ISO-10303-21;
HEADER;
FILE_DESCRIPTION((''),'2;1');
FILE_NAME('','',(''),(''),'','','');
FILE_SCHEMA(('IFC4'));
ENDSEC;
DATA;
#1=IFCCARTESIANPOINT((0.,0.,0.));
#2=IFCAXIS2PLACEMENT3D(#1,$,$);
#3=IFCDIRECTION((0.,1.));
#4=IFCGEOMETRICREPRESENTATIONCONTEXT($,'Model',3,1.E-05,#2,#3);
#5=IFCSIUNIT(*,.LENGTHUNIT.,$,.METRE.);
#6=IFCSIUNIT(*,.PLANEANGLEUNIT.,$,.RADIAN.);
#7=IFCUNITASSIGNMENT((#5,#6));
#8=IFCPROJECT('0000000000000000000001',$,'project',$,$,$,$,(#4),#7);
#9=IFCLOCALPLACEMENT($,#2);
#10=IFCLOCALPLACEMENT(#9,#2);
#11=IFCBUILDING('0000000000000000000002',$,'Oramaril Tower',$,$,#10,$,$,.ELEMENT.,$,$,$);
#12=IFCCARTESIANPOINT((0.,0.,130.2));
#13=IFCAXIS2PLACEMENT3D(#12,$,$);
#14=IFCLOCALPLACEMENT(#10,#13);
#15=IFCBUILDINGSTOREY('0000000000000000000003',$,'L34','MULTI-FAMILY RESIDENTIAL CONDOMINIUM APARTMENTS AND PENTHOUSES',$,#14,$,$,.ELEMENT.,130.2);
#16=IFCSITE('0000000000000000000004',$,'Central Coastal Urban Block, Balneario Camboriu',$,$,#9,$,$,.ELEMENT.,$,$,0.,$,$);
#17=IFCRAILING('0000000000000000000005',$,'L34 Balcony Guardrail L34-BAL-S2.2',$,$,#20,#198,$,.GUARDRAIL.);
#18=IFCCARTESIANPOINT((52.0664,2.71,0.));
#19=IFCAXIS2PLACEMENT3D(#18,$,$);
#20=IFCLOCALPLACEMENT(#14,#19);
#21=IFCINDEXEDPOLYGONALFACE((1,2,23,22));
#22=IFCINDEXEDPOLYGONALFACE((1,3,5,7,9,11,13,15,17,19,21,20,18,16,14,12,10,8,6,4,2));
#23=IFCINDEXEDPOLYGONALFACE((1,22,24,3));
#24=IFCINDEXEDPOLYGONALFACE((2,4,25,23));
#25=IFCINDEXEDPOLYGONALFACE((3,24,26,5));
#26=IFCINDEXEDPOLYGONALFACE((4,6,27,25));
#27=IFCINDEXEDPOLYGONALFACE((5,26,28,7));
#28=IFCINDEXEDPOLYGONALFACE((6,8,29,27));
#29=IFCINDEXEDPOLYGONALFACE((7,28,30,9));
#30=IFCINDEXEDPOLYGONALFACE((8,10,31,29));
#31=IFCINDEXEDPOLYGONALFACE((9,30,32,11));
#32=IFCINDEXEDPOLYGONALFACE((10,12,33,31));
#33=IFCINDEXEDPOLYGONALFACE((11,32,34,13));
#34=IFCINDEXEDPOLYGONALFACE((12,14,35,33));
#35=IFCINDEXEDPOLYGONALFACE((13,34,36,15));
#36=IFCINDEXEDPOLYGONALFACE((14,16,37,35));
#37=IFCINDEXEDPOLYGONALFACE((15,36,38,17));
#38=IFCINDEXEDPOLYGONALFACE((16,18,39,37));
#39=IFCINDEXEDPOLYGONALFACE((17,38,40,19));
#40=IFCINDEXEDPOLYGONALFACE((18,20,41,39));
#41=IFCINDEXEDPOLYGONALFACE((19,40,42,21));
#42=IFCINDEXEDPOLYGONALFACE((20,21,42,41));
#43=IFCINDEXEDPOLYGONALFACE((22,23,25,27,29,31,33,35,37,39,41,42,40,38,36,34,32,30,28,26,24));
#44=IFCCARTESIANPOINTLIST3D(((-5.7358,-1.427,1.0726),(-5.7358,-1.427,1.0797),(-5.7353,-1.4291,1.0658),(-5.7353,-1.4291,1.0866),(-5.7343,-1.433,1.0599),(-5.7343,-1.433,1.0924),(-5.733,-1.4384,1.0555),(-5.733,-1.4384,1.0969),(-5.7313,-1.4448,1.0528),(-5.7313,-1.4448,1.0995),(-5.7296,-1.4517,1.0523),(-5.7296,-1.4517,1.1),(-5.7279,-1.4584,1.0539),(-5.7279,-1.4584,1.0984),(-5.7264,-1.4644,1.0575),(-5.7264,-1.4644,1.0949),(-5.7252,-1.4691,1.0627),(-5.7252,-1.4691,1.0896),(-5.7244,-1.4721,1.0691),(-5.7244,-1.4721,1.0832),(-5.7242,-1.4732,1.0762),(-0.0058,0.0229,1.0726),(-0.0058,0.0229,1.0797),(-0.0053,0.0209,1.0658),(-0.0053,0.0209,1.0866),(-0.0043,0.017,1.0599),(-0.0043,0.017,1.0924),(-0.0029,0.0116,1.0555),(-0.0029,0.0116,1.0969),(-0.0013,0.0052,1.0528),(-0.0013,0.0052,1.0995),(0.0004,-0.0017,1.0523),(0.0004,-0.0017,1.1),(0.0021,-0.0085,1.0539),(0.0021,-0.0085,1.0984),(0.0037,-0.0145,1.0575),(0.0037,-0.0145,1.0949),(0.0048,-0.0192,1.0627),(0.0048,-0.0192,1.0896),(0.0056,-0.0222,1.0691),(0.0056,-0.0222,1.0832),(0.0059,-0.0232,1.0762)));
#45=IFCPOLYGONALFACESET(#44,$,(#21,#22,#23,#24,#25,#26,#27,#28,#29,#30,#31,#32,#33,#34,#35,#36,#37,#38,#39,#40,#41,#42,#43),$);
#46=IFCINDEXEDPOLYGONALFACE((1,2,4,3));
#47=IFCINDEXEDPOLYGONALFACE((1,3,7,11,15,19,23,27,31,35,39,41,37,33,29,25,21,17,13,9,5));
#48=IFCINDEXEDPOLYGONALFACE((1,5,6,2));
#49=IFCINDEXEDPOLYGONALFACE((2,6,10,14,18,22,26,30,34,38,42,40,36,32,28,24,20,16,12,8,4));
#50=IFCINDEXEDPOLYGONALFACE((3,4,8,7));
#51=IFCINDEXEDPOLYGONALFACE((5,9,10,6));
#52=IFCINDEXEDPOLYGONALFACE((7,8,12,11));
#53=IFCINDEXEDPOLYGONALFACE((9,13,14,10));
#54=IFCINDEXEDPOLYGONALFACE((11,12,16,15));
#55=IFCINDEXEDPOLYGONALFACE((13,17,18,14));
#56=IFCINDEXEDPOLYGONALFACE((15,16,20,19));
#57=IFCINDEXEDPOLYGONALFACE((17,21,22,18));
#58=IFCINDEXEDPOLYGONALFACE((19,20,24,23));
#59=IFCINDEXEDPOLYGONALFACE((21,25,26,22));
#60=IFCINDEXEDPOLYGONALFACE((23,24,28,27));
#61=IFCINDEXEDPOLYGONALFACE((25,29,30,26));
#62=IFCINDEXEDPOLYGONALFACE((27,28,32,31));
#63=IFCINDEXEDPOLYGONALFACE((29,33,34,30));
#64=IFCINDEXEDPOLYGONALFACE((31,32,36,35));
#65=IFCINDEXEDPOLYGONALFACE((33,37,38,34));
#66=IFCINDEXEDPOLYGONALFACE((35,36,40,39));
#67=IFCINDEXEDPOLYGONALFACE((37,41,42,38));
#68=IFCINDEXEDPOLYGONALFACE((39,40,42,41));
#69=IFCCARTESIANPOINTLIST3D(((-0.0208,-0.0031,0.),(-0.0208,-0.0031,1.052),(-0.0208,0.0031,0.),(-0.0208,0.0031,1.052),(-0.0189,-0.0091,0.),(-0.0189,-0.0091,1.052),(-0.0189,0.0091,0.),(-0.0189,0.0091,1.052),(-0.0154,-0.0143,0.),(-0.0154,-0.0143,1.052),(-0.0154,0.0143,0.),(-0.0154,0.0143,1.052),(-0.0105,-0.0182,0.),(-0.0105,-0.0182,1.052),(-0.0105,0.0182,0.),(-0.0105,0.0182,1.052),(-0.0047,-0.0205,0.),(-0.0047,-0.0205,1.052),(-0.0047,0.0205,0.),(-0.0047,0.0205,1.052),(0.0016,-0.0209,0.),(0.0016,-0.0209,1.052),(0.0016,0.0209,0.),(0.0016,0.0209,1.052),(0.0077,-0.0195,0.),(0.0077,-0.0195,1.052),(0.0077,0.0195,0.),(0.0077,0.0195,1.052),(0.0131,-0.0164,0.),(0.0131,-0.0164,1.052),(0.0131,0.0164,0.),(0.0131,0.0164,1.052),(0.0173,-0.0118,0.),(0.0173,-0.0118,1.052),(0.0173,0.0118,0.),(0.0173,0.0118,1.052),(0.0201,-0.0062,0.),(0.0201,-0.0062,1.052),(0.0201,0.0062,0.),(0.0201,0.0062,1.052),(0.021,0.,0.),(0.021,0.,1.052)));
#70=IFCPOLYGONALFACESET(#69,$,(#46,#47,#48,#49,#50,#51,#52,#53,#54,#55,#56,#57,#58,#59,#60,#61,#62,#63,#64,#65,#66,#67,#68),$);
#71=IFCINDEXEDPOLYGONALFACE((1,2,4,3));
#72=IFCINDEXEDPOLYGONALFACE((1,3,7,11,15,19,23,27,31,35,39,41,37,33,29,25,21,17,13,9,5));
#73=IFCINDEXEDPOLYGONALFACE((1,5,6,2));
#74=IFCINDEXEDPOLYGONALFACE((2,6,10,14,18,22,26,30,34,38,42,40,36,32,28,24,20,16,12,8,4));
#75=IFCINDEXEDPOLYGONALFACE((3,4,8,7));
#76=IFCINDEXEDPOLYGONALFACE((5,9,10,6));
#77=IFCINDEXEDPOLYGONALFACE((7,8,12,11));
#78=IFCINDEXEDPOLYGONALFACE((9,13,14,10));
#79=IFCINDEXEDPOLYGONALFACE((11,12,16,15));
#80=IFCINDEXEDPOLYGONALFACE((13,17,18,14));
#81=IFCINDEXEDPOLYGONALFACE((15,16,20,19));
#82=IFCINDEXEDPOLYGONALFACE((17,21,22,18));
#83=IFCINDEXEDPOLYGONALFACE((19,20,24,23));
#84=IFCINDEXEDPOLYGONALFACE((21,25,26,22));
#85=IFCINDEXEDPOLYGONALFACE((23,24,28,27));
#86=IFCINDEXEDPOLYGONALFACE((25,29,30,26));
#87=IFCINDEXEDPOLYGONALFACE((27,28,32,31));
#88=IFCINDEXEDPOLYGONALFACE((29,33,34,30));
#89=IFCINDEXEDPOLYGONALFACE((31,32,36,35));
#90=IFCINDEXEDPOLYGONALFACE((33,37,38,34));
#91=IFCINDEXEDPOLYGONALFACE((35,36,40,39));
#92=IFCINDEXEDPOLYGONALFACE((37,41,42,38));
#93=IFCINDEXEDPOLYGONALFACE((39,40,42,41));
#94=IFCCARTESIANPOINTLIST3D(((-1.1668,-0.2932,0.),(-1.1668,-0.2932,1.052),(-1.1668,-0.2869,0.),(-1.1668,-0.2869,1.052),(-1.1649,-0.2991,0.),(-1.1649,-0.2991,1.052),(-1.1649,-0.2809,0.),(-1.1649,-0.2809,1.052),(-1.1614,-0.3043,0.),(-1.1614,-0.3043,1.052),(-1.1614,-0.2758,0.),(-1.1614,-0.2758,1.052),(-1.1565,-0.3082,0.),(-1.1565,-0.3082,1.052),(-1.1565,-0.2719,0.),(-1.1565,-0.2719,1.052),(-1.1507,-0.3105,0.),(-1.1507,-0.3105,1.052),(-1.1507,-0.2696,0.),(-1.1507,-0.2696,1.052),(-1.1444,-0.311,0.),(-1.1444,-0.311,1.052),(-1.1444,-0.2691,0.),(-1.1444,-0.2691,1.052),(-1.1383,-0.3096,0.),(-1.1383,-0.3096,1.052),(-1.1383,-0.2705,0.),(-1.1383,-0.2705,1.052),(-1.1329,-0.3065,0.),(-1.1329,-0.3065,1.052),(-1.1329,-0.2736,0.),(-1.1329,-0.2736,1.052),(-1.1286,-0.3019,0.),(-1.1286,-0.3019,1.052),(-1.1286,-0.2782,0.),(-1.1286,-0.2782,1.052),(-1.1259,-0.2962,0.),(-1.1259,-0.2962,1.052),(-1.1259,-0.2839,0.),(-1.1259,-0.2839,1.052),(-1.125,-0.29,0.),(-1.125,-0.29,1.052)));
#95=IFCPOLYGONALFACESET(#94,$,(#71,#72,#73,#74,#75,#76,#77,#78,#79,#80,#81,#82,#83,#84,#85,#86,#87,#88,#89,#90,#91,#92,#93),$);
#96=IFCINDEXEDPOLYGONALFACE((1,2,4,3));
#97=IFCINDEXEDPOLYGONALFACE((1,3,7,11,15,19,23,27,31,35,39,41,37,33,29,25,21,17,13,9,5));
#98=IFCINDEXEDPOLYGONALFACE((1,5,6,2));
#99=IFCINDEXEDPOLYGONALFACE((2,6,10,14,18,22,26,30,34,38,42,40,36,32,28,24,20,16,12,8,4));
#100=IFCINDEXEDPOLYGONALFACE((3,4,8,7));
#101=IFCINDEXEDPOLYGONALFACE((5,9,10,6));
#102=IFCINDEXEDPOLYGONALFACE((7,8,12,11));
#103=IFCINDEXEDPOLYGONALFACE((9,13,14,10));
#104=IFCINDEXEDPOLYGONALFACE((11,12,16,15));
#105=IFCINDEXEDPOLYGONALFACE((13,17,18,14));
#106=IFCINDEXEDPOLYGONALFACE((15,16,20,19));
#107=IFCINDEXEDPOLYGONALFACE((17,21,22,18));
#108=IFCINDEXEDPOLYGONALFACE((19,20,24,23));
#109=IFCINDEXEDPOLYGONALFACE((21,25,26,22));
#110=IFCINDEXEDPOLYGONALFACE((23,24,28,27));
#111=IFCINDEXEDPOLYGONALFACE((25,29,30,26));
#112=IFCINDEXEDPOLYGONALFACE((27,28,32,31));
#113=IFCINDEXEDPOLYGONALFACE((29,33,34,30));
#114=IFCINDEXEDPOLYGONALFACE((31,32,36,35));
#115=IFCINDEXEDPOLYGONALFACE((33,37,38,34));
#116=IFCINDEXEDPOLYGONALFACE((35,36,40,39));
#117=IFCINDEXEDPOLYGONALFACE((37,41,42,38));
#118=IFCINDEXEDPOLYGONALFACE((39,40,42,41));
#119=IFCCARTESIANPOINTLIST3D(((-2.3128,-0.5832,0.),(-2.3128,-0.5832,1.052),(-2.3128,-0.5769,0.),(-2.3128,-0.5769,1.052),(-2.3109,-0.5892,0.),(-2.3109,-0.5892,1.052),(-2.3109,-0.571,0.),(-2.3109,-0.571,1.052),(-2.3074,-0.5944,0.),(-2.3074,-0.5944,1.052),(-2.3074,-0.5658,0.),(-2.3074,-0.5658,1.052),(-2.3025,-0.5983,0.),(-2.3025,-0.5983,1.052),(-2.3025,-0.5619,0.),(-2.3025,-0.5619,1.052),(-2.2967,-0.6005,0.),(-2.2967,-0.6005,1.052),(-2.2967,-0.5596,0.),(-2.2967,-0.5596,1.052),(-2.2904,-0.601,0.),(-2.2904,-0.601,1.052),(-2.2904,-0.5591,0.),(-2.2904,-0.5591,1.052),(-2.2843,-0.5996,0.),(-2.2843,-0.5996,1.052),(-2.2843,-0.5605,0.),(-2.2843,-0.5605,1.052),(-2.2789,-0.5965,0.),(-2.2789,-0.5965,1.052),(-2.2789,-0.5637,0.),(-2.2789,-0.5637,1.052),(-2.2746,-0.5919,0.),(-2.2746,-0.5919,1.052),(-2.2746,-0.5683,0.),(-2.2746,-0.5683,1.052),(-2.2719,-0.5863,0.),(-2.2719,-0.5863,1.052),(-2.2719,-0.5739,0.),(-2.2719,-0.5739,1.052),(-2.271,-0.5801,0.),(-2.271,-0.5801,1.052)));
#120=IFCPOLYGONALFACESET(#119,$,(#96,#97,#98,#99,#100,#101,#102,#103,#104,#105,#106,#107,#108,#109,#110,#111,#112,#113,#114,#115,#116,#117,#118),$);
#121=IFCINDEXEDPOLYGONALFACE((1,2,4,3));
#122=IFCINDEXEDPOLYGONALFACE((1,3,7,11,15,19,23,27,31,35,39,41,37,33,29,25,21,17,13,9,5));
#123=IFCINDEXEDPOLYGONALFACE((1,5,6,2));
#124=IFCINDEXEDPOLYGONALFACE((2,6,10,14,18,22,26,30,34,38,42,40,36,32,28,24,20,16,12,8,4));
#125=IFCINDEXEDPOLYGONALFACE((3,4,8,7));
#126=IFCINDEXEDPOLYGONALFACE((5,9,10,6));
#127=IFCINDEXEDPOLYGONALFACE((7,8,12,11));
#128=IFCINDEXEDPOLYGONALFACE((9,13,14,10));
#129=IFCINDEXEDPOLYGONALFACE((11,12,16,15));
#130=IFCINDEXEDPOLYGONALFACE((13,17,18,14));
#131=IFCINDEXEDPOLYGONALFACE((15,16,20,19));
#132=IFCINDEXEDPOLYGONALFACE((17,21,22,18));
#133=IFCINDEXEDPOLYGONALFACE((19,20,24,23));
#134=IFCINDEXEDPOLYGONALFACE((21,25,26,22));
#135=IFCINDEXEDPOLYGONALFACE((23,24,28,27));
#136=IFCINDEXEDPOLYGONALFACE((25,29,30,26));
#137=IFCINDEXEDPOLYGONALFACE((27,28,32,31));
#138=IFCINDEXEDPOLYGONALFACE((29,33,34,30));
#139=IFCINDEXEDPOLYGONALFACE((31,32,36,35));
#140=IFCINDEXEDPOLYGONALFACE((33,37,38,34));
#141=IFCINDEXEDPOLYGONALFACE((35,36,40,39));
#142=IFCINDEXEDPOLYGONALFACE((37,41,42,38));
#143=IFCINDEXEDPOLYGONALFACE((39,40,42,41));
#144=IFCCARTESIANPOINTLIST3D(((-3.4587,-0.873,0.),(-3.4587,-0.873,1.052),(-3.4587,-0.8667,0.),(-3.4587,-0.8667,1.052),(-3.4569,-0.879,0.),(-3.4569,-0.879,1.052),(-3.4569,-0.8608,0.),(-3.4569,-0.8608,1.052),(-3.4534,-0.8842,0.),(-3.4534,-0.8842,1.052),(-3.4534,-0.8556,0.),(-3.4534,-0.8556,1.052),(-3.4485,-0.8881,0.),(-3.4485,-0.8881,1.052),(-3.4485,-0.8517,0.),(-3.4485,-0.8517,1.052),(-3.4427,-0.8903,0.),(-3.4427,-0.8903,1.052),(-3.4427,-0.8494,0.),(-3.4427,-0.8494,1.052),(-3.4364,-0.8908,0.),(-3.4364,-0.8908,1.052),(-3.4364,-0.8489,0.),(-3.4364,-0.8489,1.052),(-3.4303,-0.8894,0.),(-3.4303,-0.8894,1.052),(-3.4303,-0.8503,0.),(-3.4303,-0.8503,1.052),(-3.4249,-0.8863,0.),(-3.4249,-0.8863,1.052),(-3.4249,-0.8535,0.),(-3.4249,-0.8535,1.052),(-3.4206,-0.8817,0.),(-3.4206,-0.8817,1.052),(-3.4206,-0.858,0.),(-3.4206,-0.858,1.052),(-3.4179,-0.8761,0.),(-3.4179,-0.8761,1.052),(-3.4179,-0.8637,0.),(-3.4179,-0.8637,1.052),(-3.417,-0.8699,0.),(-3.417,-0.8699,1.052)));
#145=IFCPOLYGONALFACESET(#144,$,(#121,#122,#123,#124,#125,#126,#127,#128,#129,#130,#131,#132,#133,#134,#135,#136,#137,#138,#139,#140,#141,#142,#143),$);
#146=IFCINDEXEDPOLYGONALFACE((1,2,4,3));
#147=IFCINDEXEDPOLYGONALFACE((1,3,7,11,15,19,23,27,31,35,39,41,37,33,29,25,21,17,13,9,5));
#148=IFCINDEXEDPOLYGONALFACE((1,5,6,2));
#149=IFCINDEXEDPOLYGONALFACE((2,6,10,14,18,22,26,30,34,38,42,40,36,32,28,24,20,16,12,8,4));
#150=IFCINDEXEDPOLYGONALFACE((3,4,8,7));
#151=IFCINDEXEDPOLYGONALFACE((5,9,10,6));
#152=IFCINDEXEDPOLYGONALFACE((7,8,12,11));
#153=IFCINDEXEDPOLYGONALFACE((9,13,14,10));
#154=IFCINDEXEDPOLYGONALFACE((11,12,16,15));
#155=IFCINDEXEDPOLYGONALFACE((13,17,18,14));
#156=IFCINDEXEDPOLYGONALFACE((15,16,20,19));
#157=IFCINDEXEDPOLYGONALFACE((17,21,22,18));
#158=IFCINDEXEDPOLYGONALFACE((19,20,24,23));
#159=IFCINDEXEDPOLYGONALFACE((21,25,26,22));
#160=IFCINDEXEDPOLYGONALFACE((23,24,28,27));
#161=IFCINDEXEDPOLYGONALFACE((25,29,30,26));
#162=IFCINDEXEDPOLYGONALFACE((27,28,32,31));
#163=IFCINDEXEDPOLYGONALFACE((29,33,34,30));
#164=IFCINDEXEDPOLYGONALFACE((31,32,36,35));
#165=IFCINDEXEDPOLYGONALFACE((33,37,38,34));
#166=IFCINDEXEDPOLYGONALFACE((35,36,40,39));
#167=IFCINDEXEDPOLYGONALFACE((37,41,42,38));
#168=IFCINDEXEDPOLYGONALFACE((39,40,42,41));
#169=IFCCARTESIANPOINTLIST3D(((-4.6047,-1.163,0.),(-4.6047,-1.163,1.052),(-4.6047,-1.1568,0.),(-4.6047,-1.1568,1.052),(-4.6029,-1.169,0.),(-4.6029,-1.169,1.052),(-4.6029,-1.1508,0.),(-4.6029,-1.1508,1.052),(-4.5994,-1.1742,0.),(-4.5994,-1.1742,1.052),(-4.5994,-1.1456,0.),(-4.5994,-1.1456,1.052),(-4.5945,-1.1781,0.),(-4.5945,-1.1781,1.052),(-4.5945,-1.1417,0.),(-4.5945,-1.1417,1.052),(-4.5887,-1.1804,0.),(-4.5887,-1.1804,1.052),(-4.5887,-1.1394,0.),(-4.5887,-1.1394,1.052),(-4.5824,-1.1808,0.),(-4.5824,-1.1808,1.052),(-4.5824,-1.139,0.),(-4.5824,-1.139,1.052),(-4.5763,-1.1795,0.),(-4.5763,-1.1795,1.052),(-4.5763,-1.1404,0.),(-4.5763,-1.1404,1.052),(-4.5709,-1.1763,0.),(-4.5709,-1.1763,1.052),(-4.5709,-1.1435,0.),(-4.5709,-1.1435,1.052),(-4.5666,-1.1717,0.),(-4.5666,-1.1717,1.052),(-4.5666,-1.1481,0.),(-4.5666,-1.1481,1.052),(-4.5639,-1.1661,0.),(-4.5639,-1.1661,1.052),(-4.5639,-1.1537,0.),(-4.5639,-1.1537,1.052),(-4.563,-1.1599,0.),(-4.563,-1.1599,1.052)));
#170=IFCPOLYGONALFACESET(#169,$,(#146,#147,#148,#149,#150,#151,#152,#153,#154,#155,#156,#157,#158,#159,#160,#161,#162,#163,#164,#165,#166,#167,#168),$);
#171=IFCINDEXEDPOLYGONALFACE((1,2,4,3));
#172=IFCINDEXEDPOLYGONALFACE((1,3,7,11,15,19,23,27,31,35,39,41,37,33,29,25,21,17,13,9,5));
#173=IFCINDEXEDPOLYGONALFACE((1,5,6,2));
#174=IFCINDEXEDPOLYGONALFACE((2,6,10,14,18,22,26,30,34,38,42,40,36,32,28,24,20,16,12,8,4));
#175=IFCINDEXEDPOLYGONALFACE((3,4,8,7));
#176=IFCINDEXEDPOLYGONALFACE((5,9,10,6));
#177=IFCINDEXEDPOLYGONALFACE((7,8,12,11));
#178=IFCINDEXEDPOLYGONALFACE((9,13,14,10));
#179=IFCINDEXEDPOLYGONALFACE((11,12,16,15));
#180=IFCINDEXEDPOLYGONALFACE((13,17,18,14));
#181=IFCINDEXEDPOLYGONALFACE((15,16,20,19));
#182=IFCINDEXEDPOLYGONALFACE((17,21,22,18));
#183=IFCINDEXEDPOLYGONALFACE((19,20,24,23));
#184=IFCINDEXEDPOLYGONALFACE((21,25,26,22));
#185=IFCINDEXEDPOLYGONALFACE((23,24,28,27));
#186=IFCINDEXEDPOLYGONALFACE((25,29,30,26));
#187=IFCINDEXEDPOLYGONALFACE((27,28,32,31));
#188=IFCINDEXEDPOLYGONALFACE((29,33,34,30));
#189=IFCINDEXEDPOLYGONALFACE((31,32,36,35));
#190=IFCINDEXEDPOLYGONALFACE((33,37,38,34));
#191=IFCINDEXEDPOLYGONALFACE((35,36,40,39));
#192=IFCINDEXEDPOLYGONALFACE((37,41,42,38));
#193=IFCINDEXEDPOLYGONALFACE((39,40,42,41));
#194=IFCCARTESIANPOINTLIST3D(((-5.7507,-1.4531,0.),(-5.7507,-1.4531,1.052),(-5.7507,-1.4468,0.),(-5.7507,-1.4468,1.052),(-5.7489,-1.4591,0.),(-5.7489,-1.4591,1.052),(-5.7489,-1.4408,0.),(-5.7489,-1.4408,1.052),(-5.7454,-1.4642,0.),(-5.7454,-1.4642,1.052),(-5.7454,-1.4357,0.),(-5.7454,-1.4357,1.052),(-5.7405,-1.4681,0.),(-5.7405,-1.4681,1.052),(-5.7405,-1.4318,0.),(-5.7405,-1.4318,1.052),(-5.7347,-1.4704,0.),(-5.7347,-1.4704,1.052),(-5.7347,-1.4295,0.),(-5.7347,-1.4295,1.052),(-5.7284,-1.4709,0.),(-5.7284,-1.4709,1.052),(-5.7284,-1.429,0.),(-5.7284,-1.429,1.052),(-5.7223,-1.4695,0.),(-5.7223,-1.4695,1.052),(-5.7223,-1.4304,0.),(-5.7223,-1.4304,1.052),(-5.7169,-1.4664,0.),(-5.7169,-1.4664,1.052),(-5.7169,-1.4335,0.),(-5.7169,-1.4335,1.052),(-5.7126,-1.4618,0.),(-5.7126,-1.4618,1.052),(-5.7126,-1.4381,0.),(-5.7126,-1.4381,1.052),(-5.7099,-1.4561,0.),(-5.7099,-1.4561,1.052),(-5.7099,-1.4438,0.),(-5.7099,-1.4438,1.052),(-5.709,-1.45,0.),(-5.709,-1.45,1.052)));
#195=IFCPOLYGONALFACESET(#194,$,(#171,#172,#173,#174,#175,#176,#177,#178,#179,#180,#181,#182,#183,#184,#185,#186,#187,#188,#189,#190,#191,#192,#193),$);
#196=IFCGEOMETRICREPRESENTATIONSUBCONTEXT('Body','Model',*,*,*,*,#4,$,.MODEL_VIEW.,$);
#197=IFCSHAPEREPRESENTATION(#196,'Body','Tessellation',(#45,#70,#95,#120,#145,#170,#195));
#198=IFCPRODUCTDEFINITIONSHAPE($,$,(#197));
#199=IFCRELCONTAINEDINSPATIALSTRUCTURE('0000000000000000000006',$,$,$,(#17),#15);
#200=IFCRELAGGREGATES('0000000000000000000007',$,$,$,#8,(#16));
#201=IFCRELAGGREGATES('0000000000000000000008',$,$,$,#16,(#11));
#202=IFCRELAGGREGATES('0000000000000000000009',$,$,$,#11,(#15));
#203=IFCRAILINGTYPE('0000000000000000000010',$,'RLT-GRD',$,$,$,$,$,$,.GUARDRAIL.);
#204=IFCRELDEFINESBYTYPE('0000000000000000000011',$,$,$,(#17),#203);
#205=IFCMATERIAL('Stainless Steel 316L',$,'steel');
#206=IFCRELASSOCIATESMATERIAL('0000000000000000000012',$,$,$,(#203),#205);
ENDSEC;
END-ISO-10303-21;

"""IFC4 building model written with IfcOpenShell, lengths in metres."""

from ifc_helpers import new_model, si_unit, direction, frame, origin, origin_2d, place, context, subcontext, project, spatial, circle, extrude, material, type_object, element, save


model = new_model("IFC4")

# Units and contexts
model_context = context("Model", 3, precision=1e-05, world=origin(), true_north=direction((0.0, 1.0)))
body_context = subcontext(model_context, "Body", "Model", "MODEL_VIEW")
ifc_project = project(units=[si_unit("LENGTHUNIT", "METRE"), si_unit("PLANEANGLEUNIT", "RADIAN")], contexts=[model_context])

# Site, building, storey
site_placement = place(None, origin())
site = spatial("IfcSite", under=ifc_project, at=site_placement, Name="Central Coastal Urban Block, Balneario Camboriu", CompositionType="ELEMENT", RefElevation=0.0)
building_placement = place(site_placement, origin())
building = spatial("IfcBuilding", under=site, at=building_placement, Name="Oramaril Tower", CompositionType="ELEMENT")
storey_placement = place(building_placement, frame((0.0, 0.0, 130.2)))
storey = spatial("IfcBuildingStorey", under=building, at=storey_placement, Name="L34", Description="MULTI-FAMILY RESIDENTIAL CONDOMINIUM APARTMENTS AND PENTHOUSES", CompositionType="ELEMENT", Elevation=130.2)

# Railing
ifc_material_1 = material(Name="Stainless Steel 316L", Category="steel")
railing_type = type_object("IfcRailingType", Name="RLT-GRD", PredefinedType="GUARDRAIL", material=ifc_material_1)
railing_1_placement = place(storey_placement, frame((52.0664, 2.71, 0.0)))
element("IfcRailing", 1, at=railing_1_placement, inside=storey, type_object=railing_type, Name="L34 Balcony Guardrail L34-BAL-S2.2", PredefinedType="GUARDRAIL", context=body_context, shape_type="SweptSolid", body=[
    extrude(circle(Radius=0.0239, at=origin_2d()), frame((0.0, 0.0, 1.0762), z_axis=(-0.969444, -0.245314, 0.0), x_axis=(0.245314, -0.969444, 0.0)), (0.0, 0.0, 1.0), 5.9106),
    extrude(circle(Radius=0.021, at=origin_2d()), origin(), (0.0, 0.0, 1.0), 1.052),
    extrude(circle(Radius=0.021, at=origin_2d()), frame((-1.146, -0.29, 0.0)), (0.0, 0.0, 1.0), 1.052),
    extrude(circle(Radius=0.021, at=origin_2d()), frame((-2.292, -0.5801, 0.0)), (0.0, 0.0, 1.0), 1.052),
    extrude(circle(Radius=0.021, at=origin_2d()), frame((-3.438, -0.8699, 0.0)), (0.0, 0.0, 1.0), 1.052),
    extrude(circle(Radius=0.021, at=origin_2d()), frame((-4.584, -1.1599, 0.0)), (0.0, 0.0, 1.0), 1.052),
    extrude(circle(Radius=0.021, at=origin_2d()), frame((-5.73, -1.45, 0.0)), (0.0, 0.0, 1.0), 1.052),
])

save(model, "model.ifc")
